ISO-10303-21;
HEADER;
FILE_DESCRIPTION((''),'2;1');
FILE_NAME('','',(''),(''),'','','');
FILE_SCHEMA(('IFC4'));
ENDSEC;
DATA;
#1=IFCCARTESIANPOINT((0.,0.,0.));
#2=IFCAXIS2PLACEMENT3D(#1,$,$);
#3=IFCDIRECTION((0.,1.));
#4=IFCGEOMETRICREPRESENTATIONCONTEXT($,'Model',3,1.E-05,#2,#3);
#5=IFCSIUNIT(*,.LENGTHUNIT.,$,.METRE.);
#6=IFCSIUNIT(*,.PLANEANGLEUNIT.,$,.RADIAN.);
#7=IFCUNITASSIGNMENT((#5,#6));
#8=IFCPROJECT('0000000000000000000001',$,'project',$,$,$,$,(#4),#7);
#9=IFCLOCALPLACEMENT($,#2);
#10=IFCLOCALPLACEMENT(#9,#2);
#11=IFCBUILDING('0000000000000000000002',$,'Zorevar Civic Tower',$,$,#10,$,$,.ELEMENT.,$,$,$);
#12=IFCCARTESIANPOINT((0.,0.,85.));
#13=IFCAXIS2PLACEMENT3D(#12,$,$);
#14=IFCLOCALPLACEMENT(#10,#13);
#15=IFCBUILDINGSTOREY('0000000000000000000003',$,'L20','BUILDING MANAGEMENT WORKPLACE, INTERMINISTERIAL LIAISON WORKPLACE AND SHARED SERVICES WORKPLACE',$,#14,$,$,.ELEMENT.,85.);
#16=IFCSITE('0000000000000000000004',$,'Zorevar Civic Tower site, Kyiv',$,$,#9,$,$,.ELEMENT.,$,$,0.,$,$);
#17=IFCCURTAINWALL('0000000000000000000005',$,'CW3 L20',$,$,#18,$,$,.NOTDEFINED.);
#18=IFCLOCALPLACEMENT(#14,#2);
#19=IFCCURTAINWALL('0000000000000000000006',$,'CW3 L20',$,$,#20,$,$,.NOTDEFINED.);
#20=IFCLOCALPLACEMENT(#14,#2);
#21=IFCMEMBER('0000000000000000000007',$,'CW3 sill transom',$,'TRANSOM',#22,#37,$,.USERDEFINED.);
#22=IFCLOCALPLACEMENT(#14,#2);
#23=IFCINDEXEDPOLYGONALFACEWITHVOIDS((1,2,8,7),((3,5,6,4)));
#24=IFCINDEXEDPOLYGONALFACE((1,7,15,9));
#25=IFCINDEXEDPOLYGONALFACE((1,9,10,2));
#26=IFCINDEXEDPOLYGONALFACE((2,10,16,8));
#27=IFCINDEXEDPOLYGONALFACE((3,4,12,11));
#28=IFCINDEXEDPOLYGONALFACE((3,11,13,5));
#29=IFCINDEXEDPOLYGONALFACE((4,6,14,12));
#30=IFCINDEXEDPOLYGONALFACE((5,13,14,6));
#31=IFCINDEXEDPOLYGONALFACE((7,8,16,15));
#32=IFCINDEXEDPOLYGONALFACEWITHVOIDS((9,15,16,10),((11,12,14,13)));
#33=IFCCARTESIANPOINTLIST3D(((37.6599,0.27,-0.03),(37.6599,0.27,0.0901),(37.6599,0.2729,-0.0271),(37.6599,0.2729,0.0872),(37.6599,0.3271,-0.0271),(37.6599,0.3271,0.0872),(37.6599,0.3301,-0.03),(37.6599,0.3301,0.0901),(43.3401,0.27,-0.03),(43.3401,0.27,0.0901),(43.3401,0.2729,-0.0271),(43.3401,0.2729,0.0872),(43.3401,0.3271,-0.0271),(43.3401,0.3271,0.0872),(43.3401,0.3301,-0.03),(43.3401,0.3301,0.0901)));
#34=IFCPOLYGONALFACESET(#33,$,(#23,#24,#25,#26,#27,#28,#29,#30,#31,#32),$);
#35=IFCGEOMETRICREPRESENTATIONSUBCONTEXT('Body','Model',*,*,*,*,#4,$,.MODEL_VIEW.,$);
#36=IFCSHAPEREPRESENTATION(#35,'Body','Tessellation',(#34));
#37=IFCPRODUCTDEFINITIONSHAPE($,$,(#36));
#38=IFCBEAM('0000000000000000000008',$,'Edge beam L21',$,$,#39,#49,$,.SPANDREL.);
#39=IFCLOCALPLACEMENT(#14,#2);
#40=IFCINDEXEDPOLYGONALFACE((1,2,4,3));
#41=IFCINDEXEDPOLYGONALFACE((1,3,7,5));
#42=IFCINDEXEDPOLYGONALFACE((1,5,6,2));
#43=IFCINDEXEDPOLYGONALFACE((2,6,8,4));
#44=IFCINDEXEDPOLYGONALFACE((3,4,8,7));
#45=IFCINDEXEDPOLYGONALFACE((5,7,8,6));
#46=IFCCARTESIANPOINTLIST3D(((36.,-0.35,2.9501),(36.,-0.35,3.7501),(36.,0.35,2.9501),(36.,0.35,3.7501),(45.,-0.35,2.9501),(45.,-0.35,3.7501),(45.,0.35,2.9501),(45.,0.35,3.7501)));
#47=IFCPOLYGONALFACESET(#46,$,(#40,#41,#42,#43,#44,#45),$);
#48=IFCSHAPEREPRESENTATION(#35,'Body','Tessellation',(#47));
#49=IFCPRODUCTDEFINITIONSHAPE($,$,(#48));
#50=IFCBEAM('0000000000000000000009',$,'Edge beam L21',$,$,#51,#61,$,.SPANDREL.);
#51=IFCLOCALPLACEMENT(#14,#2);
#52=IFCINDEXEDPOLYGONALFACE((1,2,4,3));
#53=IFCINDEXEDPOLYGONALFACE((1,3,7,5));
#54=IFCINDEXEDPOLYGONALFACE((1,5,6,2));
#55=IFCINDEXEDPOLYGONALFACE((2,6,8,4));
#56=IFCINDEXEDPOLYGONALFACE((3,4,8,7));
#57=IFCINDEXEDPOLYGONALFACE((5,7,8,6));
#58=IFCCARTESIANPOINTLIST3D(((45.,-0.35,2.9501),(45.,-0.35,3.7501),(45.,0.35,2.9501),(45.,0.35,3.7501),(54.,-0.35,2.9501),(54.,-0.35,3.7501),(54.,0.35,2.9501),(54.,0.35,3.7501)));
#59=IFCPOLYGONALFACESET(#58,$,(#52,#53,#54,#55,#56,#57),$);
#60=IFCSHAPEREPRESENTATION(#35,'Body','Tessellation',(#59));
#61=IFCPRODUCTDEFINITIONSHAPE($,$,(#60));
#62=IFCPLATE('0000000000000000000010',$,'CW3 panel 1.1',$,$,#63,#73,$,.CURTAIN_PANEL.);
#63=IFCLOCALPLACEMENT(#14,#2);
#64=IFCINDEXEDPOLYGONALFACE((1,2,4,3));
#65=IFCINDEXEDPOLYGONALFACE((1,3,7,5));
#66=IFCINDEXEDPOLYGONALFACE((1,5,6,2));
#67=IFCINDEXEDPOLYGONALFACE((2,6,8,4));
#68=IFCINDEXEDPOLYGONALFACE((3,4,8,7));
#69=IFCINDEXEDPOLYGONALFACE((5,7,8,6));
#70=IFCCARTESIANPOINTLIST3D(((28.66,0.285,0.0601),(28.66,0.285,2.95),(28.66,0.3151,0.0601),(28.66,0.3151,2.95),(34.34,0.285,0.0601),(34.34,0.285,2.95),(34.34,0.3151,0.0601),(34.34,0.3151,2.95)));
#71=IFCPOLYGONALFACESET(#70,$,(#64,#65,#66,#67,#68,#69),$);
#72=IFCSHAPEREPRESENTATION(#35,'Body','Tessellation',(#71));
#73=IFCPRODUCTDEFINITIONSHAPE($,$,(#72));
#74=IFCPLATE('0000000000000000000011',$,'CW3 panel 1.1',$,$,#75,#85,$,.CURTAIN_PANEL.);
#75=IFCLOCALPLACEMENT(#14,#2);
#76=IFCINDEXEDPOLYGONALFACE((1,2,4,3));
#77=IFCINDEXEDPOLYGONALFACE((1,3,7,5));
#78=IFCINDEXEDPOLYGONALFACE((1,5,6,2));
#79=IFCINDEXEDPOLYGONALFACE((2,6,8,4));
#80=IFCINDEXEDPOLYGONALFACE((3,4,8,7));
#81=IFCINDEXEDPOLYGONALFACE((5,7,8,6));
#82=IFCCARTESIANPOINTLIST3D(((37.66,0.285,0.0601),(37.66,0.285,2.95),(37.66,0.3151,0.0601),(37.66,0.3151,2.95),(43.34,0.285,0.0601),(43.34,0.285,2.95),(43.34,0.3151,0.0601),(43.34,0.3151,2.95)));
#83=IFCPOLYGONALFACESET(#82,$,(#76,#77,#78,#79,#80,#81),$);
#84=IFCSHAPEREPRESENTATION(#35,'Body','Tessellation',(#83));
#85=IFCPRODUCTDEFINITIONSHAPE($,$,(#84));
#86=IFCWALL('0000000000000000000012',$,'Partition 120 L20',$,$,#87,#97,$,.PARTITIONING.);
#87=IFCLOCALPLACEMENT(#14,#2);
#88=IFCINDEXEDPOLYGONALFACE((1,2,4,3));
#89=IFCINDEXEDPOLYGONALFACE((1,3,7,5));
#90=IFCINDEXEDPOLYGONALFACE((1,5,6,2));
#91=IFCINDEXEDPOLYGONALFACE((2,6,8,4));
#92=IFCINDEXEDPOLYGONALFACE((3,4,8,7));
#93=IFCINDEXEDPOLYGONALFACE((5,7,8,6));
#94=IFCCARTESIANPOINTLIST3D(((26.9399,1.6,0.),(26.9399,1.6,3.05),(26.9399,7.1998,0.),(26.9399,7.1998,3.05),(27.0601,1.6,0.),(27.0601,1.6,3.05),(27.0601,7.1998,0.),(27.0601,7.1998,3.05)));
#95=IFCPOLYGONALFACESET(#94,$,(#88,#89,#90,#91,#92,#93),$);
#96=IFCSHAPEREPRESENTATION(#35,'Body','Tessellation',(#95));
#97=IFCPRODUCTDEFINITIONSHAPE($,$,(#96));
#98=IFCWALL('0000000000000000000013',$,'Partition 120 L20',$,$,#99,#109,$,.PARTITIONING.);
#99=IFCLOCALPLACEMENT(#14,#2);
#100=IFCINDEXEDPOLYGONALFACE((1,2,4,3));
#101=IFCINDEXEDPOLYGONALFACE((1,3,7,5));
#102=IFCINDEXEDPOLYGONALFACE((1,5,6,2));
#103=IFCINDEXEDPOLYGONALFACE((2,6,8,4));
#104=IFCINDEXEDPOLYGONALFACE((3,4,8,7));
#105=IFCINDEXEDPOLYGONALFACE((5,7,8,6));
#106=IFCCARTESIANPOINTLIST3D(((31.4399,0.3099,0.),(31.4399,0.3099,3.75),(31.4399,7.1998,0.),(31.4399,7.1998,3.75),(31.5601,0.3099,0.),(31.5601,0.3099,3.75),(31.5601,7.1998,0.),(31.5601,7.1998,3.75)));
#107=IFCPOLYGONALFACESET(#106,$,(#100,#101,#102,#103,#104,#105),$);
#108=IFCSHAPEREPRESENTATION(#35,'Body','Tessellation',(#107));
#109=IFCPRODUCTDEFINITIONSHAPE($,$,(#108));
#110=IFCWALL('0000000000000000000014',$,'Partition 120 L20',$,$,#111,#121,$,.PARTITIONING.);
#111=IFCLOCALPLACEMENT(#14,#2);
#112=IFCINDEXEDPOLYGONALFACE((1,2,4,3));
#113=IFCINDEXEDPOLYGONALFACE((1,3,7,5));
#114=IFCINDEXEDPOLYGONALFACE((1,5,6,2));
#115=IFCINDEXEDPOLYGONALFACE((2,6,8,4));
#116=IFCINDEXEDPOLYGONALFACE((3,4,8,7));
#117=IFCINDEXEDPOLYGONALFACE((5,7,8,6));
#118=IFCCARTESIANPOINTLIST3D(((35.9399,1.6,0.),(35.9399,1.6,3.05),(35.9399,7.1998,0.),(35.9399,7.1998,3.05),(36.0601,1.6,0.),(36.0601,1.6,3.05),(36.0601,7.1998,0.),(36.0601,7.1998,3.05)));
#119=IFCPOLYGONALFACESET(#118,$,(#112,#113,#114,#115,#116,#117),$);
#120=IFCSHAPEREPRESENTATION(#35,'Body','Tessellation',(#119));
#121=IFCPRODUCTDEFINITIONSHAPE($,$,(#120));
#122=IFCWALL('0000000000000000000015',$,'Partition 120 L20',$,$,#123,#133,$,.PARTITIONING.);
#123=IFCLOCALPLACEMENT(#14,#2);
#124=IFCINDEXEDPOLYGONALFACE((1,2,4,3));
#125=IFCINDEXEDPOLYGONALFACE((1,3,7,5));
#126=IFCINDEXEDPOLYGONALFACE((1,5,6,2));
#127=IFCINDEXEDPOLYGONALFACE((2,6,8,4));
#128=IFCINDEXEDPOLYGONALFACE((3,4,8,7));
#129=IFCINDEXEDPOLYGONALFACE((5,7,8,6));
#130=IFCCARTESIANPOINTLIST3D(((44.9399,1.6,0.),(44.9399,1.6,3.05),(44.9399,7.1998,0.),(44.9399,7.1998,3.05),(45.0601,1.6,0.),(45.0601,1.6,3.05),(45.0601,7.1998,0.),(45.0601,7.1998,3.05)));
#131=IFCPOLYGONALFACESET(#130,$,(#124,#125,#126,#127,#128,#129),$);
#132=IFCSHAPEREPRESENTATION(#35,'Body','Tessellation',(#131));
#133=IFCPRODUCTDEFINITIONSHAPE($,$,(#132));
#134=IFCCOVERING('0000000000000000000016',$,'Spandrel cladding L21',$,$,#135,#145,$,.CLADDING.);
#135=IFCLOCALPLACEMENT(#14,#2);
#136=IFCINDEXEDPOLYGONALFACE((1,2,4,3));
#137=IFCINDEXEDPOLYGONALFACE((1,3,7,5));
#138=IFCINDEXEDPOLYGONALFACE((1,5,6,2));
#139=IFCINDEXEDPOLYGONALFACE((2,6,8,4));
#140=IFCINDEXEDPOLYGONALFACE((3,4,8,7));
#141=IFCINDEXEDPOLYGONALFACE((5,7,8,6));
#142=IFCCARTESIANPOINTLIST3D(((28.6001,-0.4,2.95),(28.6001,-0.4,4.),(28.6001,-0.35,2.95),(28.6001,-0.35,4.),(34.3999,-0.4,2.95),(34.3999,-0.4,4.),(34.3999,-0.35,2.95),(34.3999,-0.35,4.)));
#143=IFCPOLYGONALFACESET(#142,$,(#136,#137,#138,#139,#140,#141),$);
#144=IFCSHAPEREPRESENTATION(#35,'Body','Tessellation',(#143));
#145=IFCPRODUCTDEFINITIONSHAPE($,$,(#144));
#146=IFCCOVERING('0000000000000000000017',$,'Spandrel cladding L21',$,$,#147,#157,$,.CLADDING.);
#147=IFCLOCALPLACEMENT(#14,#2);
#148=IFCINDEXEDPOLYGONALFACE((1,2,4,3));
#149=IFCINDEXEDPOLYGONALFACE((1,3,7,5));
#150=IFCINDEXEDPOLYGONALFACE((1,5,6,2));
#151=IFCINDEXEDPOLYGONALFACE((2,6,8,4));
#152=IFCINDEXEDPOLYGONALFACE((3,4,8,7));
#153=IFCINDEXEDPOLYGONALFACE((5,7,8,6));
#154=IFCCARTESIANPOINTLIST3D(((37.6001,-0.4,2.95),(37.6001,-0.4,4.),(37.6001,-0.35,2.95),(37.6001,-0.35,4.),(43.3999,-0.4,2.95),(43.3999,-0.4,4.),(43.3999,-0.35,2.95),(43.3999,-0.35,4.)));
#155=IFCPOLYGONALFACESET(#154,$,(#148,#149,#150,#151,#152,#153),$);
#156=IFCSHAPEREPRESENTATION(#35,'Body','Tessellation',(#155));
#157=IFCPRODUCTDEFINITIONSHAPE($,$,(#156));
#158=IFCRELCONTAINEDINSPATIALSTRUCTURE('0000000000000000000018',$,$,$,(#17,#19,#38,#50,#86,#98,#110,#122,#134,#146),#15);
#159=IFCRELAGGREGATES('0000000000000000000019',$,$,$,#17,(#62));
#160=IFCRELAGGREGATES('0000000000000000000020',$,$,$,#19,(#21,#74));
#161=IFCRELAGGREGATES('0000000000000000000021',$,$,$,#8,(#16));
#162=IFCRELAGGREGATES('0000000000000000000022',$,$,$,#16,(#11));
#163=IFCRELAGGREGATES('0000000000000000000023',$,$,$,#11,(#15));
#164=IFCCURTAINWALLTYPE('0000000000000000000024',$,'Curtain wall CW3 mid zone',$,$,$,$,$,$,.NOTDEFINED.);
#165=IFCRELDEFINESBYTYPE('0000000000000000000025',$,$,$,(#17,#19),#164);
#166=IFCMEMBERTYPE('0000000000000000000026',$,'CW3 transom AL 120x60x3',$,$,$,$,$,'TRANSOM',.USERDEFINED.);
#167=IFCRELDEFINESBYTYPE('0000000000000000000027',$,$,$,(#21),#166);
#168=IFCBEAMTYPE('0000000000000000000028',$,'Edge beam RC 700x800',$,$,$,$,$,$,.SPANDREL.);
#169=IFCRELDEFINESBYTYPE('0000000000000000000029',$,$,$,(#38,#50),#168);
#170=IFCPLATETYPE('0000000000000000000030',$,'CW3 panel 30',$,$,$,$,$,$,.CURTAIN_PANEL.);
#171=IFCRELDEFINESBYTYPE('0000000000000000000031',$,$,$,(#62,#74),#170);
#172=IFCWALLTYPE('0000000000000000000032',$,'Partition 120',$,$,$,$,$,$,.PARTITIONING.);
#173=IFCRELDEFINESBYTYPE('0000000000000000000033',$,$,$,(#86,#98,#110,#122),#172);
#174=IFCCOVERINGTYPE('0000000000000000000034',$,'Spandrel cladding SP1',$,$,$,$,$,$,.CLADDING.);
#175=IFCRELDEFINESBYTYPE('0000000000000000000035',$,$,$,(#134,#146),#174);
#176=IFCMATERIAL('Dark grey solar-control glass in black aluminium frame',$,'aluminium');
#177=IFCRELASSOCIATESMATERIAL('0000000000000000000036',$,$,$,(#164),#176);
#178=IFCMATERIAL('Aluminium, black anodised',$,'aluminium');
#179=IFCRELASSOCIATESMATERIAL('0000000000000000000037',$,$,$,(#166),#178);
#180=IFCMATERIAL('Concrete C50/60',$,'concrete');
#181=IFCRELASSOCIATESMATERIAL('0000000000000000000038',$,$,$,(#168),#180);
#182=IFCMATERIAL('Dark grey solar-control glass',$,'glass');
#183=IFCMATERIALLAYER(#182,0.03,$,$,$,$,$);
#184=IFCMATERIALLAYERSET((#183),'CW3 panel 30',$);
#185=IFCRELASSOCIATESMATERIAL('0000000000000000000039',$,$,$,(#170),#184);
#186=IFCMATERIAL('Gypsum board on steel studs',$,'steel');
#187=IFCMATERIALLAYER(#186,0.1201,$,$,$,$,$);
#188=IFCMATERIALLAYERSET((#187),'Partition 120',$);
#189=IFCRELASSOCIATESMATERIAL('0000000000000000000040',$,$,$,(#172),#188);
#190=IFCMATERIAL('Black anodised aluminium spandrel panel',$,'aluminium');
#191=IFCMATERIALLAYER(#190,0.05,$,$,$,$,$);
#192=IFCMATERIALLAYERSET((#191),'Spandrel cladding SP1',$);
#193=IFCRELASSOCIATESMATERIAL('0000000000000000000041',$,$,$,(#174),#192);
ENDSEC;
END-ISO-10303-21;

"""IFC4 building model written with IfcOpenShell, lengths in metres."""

from ifc_helpers import new_model, si_unit, direction, frame, frame_2d, origin, origin_2d, place, context, subcontext, project, spatial, rectangle, hollow_rectangle, extrude, material, layer, layer_set, material_profile, profile_set, type_object, element, aggregate, save


model = new_model("IFC4")

# Units and contexts
model_context = context("Model", 3, precision=1e-05, world=origin(), true_north=direction((0.0, 1.0)))
body_context = subcontext(model_context, "Body", "Model", "MODEL_VIEW")
ifc_project = project(units=[si_unit("LENGTHUNIT", "METRE"), si_unit("PLANEANGLEUNIT", "RADIAN")], contexts=[model_context])

# Site, building, storey
site_placement = place(None, origin())
site = spatial("IfcSite", under=ifc_project, at=site_placement, Name="Zorevar Civic Tower site, Kyiv", CompositionType="ELEMENT", RefElevation=0.0)
building_placement = place(site_placement, origin())
building = spatial("IfcBuilding", under=site, at=building_placement, Name="Zorevar Civic Tower", CompositionType="ELEMENT")
storey_placement = place(building_placement, frame((0.0, 0.0, 85.0)))
storey = spatial("IfcBuildingStorey", under=building, at=storey_placement, Name="L20", Description="BUILDING MANAGEMENT WORKPLACE, INTERMINISTERIAL LIAISON WORKPLACE AND SHARED SERVICES WORKPLACE", CompositionType="ELEMENT", Elevation=85.0)

# Curtain walls
ifc_material_1 = material(Name="Dark grey solar-control glass in black aluminium frame", Category="aluminium")
curtain_wall_type = type_object("IfcCurtainWallType", Name="Curtain wall CW3 mid zone", PredefinedType="NOTDEFINED", material=ifc_material_1)
curtain_wall_1_placement = place(storey_placement, origin())
curtain_wall_1 = element("IfcCurtainWall", 1, at=curtain_wall_1_placement, inside=storey, type_object=curtain_wall_type, Name="CW3 L20", PredefinedType="NOTDEFINED")
curtain_wall_2_placement = place(storey_placement, origin())
curtain_wall_2 = element("IfcCurtainWall", 2, at=curtain_wall_2_placement, inside=storey, type_object=curtain_wall_type, Name="CW3 L20", PredefinedType="NOTDEFINED")

# Member
ifc_material_2 = material(Name="Aluminium, black anodised", Category="aluminium")
ifc_material_profile_1 = material_profile(ifc_material_2, hollow_rectangle(XDim=0.0601, YDim=0.1201, WallThickness=0.0029, at=origin_2d()), Name="AL 120x60x3")
ifc_profile_set_1 = profile_set([ifc_material_profile_1], Name="Aluminium, black anodised")
member_type_1 = type_object("IfcMemberType", Name="CW3 transom AL 120x60x3", ElementType="TRANSOM", PredefinedType="USERDEFINED", material=ifc_profile_set_1)
member_1_placement = place(storey_placement, frame((37.6599, 0.3, 0.03), z_axis=(1.0, 0.0, 0.0), x_axis=(0.0, 1.0, 0.0)))
member_1 = element("IfcMember", 3, at=member_1_placement, type_object=member_type_1, Name="CW3 sill transom", ObjectType="TRANSOM", PredefinedType="USERDEFINED", context=body_context, shape_type="SweptSolid", body=[
    extrude(hollow_rectangle(XDim=0.0601, YDim=0.1201, WallThickness=0.0029, at=origin_2d()), origin(), (0.0, 0.0, 1.0), 5.6802),
])

# Beams
ifc_material_3 = material(Name="Concrete C50/60", Category="concrete")
ifc_material_profile_2 = material_profile(ifc_material_3, rectangle(XDim=0.7, YDim=0.8, at=origin_2d()), Name="RC 700x800")
ifc_profile_set_2 = profile_set([ifc_material_profile_2], Name="Concrete C50/60")
beam_type_1 = type_object("IfcBeamType", Name="Edge beam RC 700x800", PredefinedType="SPANDREL", material=ifc_profile_set_2)
for number, where, z_axis, x_axis, name in (
    (4, (36.0, 0.0, 3.3501), (1.0, 0.0, 0.0), (0.0, 1.0, 0.0), "Edge beam L21"),
    (5, (45.0, 0.0, 3.3501), (1.0, 0.0, 0.0), (0.0, 1.0, 0.0), "Edge beam L21"),
):
    element("IfcBeam", number, at=place(storey_placement, frame(where, z_axis=z_axis, x_axis=x_axis)), inside=storey, type_object=beam_type_1, Name=name, PredefinedType="SPANDREL", context=body_context, shape_type="SweptSolid", body=[
        extrude(rectangle(XDim=0.7, YDim=0.8, at=origin_2d()), origin(), (0.0, 0.0, 1.0), 9.0),
    ])

# Plates
ifc_material_4 = material(Name="Dark grey solar-control glass", Category="glass")
ifc_layer_1 = layer(ifc_material_4, 0.03)
ifc_layer_set_1 = layer_set([ifc_layer_1], Name="CW3 panel 30")
plate_type = type_object("IfcPlateType", Name="CW3 panel 30", PredefinedType="CURTAIN_PANEL", material=ifc_layer_set_1)
plate_1_placement = place(storey_placement, frame((31.5, 0.3, 0.0601), z_axis=(0.0, 0.0, 1.0), x_axis=(1.0, 0.0, 0.0)))
plate_1 = element("IfcPlate", 6, at=plate_1_placement, type_object=plate_type, Name="CW3 panel 1.1", PredefinedType="CURTAIN_PANEL", context=body_context, shape_type="SweptSolid", body=[
    extrude(rectangle(XDim=5.6799, YDim=0.03, at=origin_2d()), origin(), (0.0, 0.0, 1.0), 2.8899),
])
aggregate(curtain_wall_1, [plate_1])
plate_2_placement = place(storey_placement, frame((40.5, 0.3, 0.0601), z_axis=(0.0, 0.0, 1.0), x_axis=(1.0, 0.0, 0.0)))
plate_2 = element("IfcPlate", 7, at=plate_2_placement, type_object=plate_type, Name="CW3 panel 1.1", PredefinedType="CURTAIN_PANEL", context=body_context, shape_type="SweptSolid", body=[
    extrude(rectangle(XDim=5.6799, YDim=0.03, at=origin_2d()), origin(), (0.0, 0.0, 1.0), 2.8899),
])
aggregate(curtain_wall_2, [member_1, plate_2])

# Walls
ifc_material_5 = material(Name="Gypsum board on steel studs", Category="steel")
ifc_layer_2 = layer(ifc_material_5, 0.1201)
ifc_layer_set_2 = layer_set([ifc_layer_2], Name="Partition 120")
wall_type = type_object("IfcWallType", Name="Partition 120", PredefinedType="PARTITIONING", material=ifc_layer_set_2)
wall_1_placement = place(storey_placement, frame((27.0, 1.6001, 0.0), z_axis=(0.0, 0.0, 1.0), x_axis=(0.0, 1.0, 0.0)))
element("IfcWall", 8, at=wall_1_placement, inside=storey, type_object=wall_type, Name="Partition 120 L20", PredefinedType="PARTITIONING", context=body_context, shape_type="SweptSolid", body=[
    extrude(rectangle(XDim=5.5999, YDim=0.1201, at=frame_2d((2.7998, 0.0))), origin(), (0.0, 0.0, 1.0), 3.05),
])
wall_2_placement = place(storey_placement, frame((31.5, 0.3101, 0.0), z_axis=(0.0, 0.0, 1.0), x_axis=(0.0, 1.0, 0.0)))
element("IfcWall", 9, at=wall_2_placement, inside=storey, type_object=wall_type, Name="Partition 120 L20", PredefinedType="PARTITIONING", context=body_context, shape_type="SweptSolid", body=[
    extrude(rectangle(XDim=6.8899, YDim=0.1201, at=frame_2d((3.4448, 0.0))), origin(), (0.0, 0.0, 1.0), 3.75),
])
for number, where, z_axis, x_axis, name in (
    (10, (36.0, 1.6001, 0.0), (0.0, 0.0, 1.0), (0.0, 1.0, 0.0), "Partition 120 L20"),
    (11, (45.0, 1.6001, 0.0), (0.0, 0.0, 1.0), (0.0, 1.0, 0.0), "Partition 120 L20"),
):
    element("IfcWall", number, at=place(storey_placement, frame(where, z_axis=z_axis, x_axis=x_axis)), inside=storey, type_object=wall_type, Name=name, PredefinedType="PARTITIONING", context=body_context, shape_type="SweptSolid", body=[
        extrude(rectangle(XDim=5.5999, YDim=0.1201, at=frame_2d((2.7998, 0.0))), origin(), (0.0, 0.0, 1.0), 3.05),
    ])

# Coverings
ifc_material_6 = material(Name="Black anodised aluminium spandrel panel", Category="aluminium")
ifc_layer_3 = layer(ifc_material_6, 0.05)
ifc_layer_set_3 = layer_set([ifc_layer_3], Name="Spandrel cladding SP1")
covering_type = type_object("IfcCoveringType", Name="Spandrel cladding SP1", PredefinedType="CLADDING", material=ifc_layer_set_3)
for number, where, z_axis, x_axis, name in (
    (12, (28.6001, -0.375, 2.95), (0.0, 0.0, 1.0), (1.0, 0.0, 0.0), "Spandrel cladding L21"),
    (13, (37.6001, -0.375, 2.95), (0.0, 0.0, 1.0), (1.0, 0.0, 0.0), "Spandrel cladding L21"),
):
    element("IfcCovering", number, at=place(storey_placement, frame(where, z_axis=z_axis, x_axis=x_axis)), inside=storey, type_object=covering_type, Name=name, PredefinedType="CLADDING", context=body_context, shape_type="SweptSolid", body=[
        extrude(rectangle(XDim=5.7998, YDim=0.05, at=frame_2d((2.8999, 0.0))), origin(), (0.0, 0.0, 1.0), 1.05),
    ])

save(model, "model.ifc")
